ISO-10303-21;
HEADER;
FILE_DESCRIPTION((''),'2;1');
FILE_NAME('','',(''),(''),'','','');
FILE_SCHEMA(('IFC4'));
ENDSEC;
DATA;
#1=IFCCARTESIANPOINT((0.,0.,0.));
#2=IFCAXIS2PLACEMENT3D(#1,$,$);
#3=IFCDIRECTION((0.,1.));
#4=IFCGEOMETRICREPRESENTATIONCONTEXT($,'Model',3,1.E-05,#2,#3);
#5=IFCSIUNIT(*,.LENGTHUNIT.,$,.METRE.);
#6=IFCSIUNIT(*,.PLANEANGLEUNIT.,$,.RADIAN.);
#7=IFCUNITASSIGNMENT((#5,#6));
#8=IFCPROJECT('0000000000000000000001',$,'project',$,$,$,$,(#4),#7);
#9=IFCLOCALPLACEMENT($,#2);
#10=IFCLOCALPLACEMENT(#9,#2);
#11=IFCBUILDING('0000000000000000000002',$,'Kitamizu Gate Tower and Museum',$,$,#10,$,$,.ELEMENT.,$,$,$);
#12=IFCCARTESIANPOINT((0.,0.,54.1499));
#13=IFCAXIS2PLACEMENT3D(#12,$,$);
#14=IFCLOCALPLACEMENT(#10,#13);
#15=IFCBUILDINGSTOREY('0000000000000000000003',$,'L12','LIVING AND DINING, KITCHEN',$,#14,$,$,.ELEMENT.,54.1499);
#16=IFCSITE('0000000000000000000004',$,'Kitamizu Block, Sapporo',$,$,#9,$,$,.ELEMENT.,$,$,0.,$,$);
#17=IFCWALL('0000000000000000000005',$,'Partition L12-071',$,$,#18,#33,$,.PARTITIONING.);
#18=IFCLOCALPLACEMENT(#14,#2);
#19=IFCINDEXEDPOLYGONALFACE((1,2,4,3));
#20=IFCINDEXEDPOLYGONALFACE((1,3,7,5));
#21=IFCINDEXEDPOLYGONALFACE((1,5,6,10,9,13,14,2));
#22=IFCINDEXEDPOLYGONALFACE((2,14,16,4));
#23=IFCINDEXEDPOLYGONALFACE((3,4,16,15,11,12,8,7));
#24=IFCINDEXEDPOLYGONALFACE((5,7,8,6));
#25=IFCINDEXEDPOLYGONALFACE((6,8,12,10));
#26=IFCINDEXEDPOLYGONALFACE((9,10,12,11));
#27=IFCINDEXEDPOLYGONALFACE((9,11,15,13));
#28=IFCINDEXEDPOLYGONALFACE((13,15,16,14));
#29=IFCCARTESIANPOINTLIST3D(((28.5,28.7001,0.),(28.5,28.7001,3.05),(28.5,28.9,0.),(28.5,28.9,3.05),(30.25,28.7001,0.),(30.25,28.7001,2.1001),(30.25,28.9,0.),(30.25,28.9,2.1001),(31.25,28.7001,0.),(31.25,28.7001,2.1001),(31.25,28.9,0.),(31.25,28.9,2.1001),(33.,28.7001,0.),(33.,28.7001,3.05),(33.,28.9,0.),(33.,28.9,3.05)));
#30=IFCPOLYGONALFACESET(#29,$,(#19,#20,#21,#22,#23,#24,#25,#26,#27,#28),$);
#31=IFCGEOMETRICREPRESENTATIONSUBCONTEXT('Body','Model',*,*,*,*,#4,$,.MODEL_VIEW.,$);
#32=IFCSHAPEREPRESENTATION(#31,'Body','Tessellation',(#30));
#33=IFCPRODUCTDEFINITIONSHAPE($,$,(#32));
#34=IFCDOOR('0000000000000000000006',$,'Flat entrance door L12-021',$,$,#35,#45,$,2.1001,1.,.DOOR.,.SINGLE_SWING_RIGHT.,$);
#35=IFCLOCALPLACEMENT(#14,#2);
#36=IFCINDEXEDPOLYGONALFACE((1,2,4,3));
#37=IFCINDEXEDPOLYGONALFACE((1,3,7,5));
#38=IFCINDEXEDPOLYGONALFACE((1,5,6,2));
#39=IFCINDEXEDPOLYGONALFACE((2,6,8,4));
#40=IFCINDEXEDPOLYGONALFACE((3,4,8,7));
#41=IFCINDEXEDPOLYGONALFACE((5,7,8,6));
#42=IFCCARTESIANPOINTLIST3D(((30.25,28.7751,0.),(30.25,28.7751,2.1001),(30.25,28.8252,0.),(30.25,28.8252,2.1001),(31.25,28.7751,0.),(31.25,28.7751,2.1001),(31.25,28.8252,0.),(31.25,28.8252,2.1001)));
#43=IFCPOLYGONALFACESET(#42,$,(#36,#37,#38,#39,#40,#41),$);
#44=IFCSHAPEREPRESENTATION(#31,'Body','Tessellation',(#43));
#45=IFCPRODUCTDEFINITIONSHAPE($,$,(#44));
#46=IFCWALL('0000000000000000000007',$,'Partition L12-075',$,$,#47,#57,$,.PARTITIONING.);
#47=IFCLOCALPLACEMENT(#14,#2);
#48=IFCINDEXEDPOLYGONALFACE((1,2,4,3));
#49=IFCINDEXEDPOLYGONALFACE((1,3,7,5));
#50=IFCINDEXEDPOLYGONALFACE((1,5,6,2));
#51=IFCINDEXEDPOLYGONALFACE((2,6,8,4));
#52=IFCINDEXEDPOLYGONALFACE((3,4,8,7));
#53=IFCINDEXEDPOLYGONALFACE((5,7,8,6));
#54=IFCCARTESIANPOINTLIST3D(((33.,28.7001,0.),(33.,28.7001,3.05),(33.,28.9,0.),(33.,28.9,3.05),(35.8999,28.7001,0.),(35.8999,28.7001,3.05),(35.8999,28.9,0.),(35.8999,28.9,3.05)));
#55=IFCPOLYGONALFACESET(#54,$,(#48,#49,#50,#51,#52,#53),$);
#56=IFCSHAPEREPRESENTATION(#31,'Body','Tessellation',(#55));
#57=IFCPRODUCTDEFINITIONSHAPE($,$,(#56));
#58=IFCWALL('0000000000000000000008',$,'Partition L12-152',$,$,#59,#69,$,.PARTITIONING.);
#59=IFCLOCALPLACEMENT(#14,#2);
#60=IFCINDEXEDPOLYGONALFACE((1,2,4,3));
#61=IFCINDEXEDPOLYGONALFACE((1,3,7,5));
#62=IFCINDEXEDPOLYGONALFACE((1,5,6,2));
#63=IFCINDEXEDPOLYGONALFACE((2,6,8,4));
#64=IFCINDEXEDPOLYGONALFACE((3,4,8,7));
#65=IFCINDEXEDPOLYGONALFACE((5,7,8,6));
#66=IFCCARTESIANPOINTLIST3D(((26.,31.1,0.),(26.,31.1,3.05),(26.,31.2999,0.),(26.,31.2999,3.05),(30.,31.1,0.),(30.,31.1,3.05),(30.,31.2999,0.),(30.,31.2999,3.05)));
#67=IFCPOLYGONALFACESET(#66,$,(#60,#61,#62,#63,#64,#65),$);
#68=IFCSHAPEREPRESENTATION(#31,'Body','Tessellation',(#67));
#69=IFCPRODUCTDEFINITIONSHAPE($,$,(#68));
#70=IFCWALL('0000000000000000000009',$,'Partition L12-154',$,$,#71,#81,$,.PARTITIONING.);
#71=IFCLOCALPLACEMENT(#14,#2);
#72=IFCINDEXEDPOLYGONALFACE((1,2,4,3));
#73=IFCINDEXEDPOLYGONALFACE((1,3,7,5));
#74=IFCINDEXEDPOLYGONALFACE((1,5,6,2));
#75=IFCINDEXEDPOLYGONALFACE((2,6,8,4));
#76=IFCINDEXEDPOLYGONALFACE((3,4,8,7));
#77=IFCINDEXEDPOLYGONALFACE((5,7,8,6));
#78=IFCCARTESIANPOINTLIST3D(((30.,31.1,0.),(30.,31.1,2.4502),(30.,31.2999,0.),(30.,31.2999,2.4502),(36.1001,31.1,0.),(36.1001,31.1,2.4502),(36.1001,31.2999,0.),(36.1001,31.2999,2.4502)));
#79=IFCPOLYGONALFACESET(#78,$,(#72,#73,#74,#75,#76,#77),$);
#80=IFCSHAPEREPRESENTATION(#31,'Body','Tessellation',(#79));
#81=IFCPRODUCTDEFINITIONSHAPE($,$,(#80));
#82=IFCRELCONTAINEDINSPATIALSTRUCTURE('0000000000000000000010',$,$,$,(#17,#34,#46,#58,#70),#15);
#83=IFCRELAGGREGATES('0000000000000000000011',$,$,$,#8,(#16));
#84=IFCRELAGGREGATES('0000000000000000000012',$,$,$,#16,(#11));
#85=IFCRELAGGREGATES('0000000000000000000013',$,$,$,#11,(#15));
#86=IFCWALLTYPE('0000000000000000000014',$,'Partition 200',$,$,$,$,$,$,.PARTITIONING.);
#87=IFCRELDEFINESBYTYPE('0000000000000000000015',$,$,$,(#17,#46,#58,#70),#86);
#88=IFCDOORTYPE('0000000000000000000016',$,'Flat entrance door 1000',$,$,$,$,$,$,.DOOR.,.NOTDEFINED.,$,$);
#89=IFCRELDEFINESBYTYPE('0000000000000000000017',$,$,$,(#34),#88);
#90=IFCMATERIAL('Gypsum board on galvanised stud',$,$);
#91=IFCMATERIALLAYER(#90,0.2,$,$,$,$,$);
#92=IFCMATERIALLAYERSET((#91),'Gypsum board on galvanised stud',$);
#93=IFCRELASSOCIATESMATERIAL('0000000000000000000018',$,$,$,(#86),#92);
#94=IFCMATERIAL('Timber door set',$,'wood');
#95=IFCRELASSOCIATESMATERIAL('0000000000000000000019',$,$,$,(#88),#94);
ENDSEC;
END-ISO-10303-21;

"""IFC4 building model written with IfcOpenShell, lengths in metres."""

from ifc_helpers import new_model, si_unit, direction, frame, frame_2d, origin, place, context, subcontext, project, spatial, rectangle, extrude, material, layer, layer_set, type_object, element, fill, save


model = new_model("IFC4")

# Units and contexts
model_context = context("Model", 3, precision=1e-05, world=origin(), true_north=direction((0.0, 1.0)))
body_context = subcontext(model_context, "Body", "Model", "MODEL_VIEW")
ifc_project = project(units=[si_unit("LENGTHUNIT", "METRE"), si_unit("PLANEANGLEUNIT", "RADIAN")], contexts=[model_context])

# Site, building, storey
site_placement = place(None, origin())
site = spatial("IfcSite", under=ifc_project, at=site_placement, Name="Kitamizu Block, Sapporo", CompositionType="ELEMENT", RefElevation=0.0)
building_placement = place(site_placement, origin())
building = spatial("IfcBuilding", under=site, at=building_placement, Name="Kitamizu Gate Tower and Museum", CompositionType="ELEMENT")
storey_placement = place(building_placement, frame((0.0, 0.0, 54.1499)))
storey = spatial("IfcBuildingStorey", under=building, at=storey_placement, Name="L12", Description="LIVING AND DINING, KITCHEN", CompositionType="ELEMENT", Elevation=54.1499)

# Shared definitions
ifc_material_1 = material(Name="Gypsum board on galvanised stud")
ifc_layer_1 = layer(ifc_material_1, 0.2)
ifc_layer_set_1 = layer_set([ifc_layer_1], Name="Gypsum board on galvanised stud")
wall_type_1 = type_object("IfcWallType", Name="Partition 200", PredefinedType="PARTITIONING", material=ifc_layer_set_1)

# Wall, opening, door
wall_1_placement = place(storey_placement, frame((33.0, 28.8, 0.0), z_axis=(0.0, 0.0, 1.0), x_axis=(-1.0, 0.0, 0.0)))
wall_1 = element("IfcWall", 1, at=wall_1_placement, inside=storey, type_object=wall_type_1, Name="Partition L12-071", PredefinedType="PARTITIONING", context=body_context, shape_type="SweptSolid", body=[
    extrude(rectangle(XDim=4.5, YDim=0.2, at=frame_2d((2.25, 0.0))), origin(), (0.0, 0.0, 1.0), 3.05),
])
opening_1_placement = place(wall_1_placement, frame((1.75, 0.0, 0.0)))
opening_1 = element("IfcOpeningElement", 2, at=opening_1_placement, cuts=wall_1, PredefinedType="OPENING", context=body_context, shape_type="SweptSolid", body=[
    extrude(rectangle(XDim=1.0, YDim=2.1001, at=frame_2d((0.5, 1.05))), frame((0.0, 0.1099, 0.0), z_axis=(0.0, -1.0, 0.0), x_axis=(1.0, 0.0, 0.0)), (0.0, 0.0, 1.0), 0.22),
])
ifc_material_2 = material(Name="Timber door set", Category="wood")
door_type_1 = type_object("IfcDoorType", Name="Flat entrance door 1000", OperationType="NOTDEFINED", PredefinedType="DOOR", material=ifc_material_2)
door_1_placement = place(opening_1_placement, origin())
door_1 = element("IfcDoor", 3, at=door_1_placement, inside=storey, type_object=door_type_1, Name="Flat entrance door L12-021", OperationType="SINGLE_SWING_RIGHT", OverallHeight=2.1001, OverallWidth=1.0, PredefinedType="DOOR", context=body_context, shape_type="SweptSolid", body=[
    extrude(rectangle(XDim=1.0, YDim=2.1001, at=frame_2d((0.5, 1.05))), frame((0.0, 0.0249, 0.0), z_axis=(0.0, -1.0, 0.0), x_axis=(1.0, 0.0, 0.0)), (0.0, 0.0, 1.0), 0.05),
])
fill(opening_1, door_1)

# Walls
wall_2_placement = place(storey_placement, frame((35.8999, 28.8, 0.0), z_axis=(0.0, 0.0, 1.0), x_axis=(-1.0, 0.0, 0.0)))
element("IfcWall", 4, at=wall_2_placement, inside=storey, type_object=wall_type_1, Name="Partition L12-075", PredefinedType="PARTITIONING", context=body_context, shape_type="SweptSolid", body=[
    extrude(rectangle(XDim=2.8999, YDim=0.2, at=frame_2d((1.45, 0.0))), origin(), (0.0, 0.0, 1.0), 3.05),
])
wall_3_placement = place(storey_placement, frame((26.0, 31.2, 0.0), z_axis=(0.0, 0.0, 1.0), x_axis=(1.0, 0.0, 0.0)))
element("IfcWall", 5, at=wall_3_placement, inside=storey, type_object=wall_type_1, Name="Partition L12-152", PredefinedType="PARTITIONING", context=body_context, shape_type="SweptSolid", body=[
    extrude(rectangle(XDim=4.0, YDim=0.2, at=frame_2d((2.0, 0.0))), origin(), (0.0, 0.0, 1.0), 3.05),
])
wall_4_placement = place(storey_placement, frame((30.0, 31.2, 0.0), z_axis=(0.0, 0.0, 1.0), x_axis=(1.0, 0.0, 0.0)))
element("IfcWall", 6, at=wall_4_placement, inside=storey, type_object=wall_type_1, Name="Partition L12-154", PredefinedType="PARTITIONING", context=body_context, shape_type="SweptSolid", body=[
    extrude(rectangle(XDim=6.1001, YDim=0.2, at=frame_2d((3.05, 0.0))), origin(), (0.0, 0.0, 1.0), 2.4502),
])

save(model, "model.ifc")
